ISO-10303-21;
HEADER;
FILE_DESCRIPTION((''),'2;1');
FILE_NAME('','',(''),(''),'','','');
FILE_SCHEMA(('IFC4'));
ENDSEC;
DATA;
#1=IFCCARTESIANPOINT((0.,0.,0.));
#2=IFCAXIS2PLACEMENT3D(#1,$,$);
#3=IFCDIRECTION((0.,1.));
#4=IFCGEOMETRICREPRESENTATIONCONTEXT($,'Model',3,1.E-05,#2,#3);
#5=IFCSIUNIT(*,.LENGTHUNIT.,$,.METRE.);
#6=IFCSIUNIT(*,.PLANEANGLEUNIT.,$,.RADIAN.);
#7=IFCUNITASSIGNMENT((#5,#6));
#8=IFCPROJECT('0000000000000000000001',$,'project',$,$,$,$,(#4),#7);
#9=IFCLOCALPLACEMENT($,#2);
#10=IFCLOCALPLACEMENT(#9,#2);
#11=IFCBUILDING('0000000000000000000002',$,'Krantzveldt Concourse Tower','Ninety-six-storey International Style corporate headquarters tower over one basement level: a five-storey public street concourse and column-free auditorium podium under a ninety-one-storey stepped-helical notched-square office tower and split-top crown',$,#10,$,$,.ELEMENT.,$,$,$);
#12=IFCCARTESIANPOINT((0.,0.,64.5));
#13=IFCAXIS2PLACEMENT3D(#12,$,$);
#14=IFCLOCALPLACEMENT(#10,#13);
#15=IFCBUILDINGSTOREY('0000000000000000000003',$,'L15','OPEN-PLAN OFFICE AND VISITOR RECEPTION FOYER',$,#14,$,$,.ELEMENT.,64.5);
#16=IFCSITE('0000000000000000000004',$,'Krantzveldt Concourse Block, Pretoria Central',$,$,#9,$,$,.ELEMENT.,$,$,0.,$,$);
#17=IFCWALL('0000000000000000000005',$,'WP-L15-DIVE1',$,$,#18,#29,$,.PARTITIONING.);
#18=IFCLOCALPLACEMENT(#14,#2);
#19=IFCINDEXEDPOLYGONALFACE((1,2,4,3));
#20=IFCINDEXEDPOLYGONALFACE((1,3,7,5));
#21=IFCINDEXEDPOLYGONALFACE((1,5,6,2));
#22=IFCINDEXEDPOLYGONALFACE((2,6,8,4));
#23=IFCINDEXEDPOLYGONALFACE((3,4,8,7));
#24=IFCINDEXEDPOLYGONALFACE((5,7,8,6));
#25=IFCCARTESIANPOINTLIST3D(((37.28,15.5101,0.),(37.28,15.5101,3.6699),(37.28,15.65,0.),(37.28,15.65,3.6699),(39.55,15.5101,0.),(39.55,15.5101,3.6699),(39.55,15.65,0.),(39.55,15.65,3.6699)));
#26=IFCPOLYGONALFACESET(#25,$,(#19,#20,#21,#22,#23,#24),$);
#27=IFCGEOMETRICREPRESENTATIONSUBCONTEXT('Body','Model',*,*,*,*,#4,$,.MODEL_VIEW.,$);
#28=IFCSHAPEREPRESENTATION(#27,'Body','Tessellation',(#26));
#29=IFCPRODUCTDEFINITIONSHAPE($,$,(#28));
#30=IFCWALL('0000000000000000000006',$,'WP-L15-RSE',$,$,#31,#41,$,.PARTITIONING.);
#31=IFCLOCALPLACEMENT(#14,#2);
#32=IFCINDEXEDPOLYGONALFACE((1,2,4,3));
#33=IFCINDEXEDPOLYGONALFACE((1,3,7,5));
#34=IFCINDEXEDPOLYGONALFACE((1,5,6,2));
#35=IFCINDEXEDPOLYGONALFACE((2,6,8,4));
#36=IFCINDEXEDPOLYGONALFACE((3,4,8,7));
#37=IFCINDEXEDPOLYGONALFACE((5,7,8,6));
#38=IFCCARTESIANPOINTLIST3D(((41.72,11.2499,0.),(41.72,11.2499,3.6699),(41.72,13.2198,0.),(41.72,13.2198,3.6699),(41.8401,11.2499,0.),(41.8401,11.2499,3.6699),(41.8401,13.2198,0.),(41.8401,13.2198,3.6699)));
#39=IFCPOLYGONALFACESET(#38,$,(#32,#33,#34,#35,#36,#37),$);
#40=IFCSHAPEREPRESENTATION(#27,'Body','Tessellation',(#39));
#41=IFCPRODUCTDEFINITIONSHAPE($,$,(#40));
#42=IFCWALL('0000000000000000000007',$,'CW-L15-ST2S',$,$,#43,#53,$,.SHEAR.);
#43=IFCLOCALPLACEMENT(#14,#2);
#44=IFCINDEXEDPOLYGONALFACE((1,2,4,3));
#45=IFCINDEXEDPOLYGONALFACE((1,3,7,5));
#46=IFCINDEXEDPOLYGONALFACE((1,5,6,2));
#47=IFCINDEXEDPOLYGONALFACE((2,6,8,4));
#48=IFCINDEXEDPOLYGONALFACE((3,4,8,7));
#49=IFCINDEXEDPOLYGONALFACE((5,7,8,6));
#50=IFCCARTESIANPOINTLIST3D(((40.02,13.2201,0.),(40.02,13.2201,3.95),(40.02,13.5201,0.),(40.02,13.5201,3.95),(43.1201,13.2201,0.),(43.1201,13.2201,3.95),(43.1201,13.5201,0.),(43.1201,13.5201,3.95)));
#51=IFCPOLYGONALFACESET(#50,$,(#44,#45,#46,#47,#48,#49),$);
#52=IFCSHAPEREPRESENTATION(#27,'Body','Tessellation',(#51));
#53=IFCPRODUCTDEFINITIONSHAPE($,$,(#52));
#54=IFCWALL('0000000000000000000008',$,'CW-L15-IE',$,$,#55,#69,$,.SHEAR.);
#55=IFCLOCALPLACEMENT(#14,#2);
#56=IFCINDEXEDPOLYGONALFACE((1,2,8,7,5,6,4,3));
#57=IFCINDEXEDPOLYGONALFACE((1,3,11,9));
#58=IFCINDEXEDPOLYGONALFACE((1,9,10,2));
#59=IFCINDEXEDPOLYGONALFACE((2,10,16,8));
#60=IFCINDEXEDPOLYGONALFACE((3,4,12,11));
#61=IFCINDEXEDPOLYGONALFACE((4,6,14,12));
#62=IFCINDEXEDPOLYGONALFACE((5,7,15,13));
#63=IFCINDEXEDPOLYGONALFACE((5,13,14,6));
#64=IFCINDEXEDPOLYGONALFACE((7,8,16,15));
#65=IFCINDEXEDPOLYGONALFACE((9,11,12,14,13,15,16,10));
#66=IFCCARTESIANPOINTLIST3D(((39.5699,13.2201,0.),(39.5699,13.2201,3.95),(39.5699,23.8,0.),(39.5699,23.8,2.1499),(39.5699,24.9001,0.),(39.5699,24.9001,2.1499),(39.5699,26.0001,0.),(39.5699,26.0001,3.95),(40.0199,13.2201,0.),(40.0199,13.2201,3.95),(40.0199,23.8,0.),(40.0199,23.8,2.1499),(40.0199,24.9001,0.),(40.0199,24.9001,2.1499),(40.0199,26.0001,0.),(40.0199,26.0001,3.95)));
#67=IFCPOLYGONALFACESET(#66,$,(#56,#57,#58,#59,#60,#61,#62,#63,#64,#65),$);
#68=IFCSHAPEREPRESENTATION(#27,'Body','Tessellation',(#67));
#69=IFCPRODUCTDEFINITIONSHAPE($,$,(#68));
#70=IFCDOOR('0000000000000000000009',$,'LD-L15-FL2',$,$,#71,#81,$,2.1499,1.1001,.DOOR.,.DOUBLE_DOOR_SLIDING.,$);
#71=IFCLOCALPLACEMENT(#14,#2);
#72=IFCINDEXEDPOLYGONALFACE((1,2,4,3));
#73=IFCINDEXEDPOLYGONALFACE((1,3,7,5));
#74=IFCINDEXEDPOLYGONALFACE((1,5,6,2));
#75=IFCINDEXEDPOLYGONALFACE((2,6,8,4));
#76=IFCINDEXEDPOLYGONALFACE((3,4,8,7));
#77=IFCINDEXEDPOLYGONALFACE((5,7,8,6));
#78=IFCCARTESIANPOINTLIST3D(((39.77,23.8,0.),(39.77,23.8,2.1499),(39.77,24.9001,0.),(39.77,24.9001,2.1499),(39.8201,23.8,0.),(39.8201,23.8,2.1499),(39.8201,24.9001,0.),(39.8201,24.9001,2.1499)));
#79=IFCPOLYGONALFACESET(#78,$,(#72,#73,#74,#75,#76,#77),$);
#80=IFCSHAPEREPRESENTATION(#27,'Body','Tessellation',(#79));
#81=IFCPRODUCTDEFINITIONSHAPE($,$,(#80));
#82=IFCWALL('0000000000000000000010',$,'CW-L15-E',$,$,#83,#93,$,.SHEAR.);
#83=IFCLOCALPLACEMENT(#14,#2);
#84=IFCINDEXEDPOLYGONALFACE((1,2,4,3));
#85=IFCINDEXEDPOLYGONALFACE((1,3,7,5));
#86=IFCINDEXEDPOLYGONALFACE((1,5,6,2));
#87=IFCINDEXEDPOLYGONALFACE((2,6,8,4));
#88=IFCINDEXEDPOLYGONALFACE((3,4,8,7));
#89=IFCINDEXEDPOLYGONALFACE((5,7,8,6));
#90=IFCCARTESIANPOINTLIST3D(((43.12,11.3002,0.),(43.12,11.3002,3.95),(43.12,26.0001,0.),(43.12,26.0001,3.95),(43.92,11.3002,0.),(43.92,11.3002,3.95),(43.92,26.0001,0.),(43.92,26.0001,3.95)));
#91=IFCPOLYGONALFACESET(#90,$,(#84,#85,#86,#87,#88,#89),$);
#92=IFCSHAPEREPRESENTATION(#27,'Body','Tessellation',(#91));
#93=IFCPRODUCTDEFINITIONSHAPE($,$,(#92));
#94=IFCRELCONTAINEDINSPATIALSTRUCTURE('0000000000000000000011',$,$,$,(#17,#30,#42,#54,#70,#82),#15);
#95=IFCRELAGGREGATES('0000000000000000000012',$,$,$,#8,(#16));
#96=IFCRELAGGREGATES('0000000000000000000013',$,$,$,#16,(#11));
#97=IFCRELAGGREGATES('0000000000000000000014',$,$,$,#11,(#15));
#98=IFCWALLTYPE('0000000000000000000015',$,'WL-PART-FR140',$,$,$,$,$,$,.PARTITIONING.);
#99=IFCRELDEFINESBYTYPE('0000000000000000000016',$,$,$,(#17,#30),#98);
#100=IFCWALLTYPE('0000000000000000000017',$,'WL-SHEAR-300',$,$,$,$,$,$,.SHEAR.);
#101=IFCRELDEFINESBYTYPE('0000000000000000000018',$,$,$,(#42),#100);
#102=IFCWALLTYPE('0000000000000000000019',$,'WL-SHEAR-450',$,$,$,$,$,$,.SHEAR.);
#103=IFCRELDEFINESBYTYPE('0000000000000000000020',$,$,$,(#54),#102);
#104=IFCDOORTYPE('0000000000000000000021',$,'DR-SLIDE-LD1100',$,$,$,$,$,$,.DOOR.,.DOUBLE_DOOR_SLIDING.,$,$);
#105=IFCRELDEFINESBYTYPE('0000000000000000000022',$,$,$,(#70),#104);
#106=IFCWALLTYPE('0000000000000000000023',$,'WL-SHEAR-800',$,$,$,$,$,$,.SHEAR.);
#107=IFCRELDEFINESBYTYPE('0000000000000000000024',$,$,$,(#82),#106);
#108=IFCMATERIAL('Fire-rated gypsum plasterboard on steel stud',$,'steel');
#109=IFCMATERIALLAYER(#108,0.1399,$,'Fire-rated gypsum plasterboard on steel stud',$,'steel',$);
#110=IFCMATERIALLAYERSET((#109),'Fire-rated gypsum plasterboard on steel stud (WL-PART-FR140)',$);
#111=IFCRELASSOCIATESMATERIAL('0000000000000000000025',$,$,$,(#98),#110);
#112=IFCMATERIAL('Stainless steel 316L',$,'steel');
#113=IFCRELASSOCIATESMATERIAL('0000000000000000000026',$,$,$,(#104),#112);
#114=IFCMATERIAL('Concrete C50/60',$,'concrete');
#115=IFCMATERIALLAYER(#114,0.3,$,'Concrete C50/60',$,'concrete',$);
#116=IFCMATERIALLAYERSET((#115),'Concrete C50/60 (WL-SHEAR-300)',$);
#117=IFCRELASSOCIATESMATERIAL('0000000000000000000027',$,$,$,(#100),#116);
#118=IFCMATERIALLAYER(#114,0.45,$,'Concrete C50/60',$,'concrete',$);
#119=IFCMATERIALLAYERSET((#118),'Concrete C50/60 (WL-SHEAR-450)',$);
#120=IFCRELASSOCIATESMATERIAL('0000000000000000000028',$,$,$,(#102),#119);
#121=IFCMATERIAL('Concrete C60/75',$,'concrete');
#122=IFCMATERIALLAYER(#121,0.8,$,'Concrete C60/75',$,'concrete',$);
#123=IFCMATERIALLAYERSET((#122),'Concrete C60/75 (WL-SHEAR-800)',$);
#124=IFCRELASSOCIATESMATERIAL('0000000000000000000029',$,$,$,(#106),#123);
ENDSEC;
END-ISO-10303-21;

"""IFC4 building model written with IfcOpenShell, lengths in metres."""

from ifc_helpers import new_model, si_unit, direction, frame, frame_2d, origin, place, context, subcontext, project, spatial, rectangle, extrude, material, layer, layer_set, type_object, element, fill, save


model = new_model("IFC4")

# Units and contexts
model_context = context("Model", 3, precision=1e-05, world=origin(), true_north=direction((0.0, 1.0)))
body_context = subcontext(model_context, "Body", "Model", "MODEL_VIEW")
ifc_project = project(units=[si_unit("LENGTHUNIT", "METRE"), si_unit("PLANEANGLEUNIT", "RADIAN")], contexts=[model_context])

# Site, building, storey
site_placement = place(None, origin())
site = spatial("IfcSite", under=ifc_project, at=site_placement, Name="Krantzveldt Concourse Block, Pretoria Central", CompositionType="ELEMENT", RefElevation=0.0)
building_placement = place(site_placement, origin())
building = spatial("IfcBuilding", under=site, at=building_placement, Name="Krantzveldt Concourse Tower", Description="Ninety-six-storey International Style corporate headquarters tower over one basement level: a five-storey public street concourse and column-free auditorium podium under a ninety-one-storey stepped-helical notched-square office tower and split-top crown", CompositionType="ELEMENT")
storey_placement = place(building_placement, frame((0.0, 0.0, 64.5)))
storey = spatial("IfcBuildingStorey", under=building, at=storey_placement, Name="L15", Description="OPEN-PLAN OFFICE AND VISITOR RECEPTION FOYER", CompositionType="ELEMENT", Elevation=64.5)

# Shared definitions
ifc_material_1 = material(Name="Fire-rated gypsum plasterboard on steel stud", Category="steel")

# Shared definitions
ifc_layer_1 = layer(ifc_material_1, 0.1399, Name="Fire-rated gypsum plasterboard on steel stud", Category="steel")
ifc_layer_set_1 = layer_set([ifc_layer_1], Name="Fire-rated gypsum plasterboard on steel stud (WL-PART-FR140)")
wall_type_1 = type_object("IfcWallType", Name="WL-PART-FR140", PredefinedType="PARTITIONING", material=ifc_layer_set_1)
ifc_material_2 = material(Name="Stainless steel 316L", Category="steel")
door_type_1 = type_object("IfcDoorType", Name="DR-SLIDE-LD1100", OperationType="DOUBLE_DOOR_SLIDING", PredefinedType="DOOR", material=ifc_material_2)

# Walls
wall_1_placement = place(storey_placement, frame((37.28, 15.5801, 0.0), z_axis=(0.0, 0.0, 1.0), x_axis=(1.0, 0.0, 0.0)))
element("IfcWall", 1, at=wall_1_placement, inside=storey, type_object=wall_type_1, Name="WP-L15-DIVE1", PredefinedType="PARTITIONING", context=body_context, shape_type="SweptSolid", body=[
    extrude(rectangle(XDim=2.27, YDim=0.1399, at=frame_2d((1.135, 0.0))), origin(), (0.0, 0.0, 1.0), 3.6699),
])
wall_2_placement = place(storey_placement, frame((41.78, 11.25, 0.0), z_axis=(0.0, 0.0, 1.0), x_axis=(0.0, 1.0, 0.0)))
element("IfcWall", 2, at=wall_2_placement, inside=storey, type_object=wall_type_1, Name="WP-L15-RSE", PredefinedType="PARTITIONING", context=body_context, shape_type="SweptSolid", body=[
    extrude(rectangle(XDim=1.97, YDim=0.1201, at=frame_2d((0.9849, 0.0))), origin(), (0.0, 0.0, 1.0), 3.6699),
])
ifc_material_3 = material(Name="Concrete C50/60", Category="concrete")
ifc_layer_2 = layer(ifc_material_3, 0.3, Name="Concrete C50/60", Category="concrete")
ifc_layer_set_2 = layer_set([ifc_layer_2], Name="Concrete C50/60 (WL-SHEAR-300)")
wall_type_2 = type_object("IfcWallType", Name="WL-SHEAR-300", PredefinedType="SHEAR", material=ifc_layer_set_2)
wall_3_placement = place(storey_placement, frame((40.02, 13.3701, 0.0), z_axis=(0.0, 0.0, 1.0), x_axis=(1.0, 0.0, 0.0)))
element("IfcWall", 3, at=wall_3_placement, inside=storey, type_object=wall_type_2, Name="CW-L15-ST2S", PredefinedType="SHEAR", context=body_context, shape_type="SweptSolid", body=[
    extrude(rectangle(XDim=3.1001, YDim=0.3, at=frame_2d((1.55, 0.0))), origin(), (0.0, 0.0, 1.0), 3.95),
])

# Wall, opening, door
ifc_layer_3 = layer(ifc_material_3, 0.45, Name="Concrete C50/60", Category="concrete")
ifc_layer_set_3 = layer_set([ifc_layer_3], Name="Concrete C50/60 (WL-SHEAR-450)")
wall_type_3 = type_object("IfcWallType", Name="WL-SHEAR-450", PredefinedType="SHEAR", material=ifc_layer_set_3)
wall_4_placement = place(storey_placement, frame((39.7949, 13.22, 0.0), z_axis=(0.0, 0.0, 1.0), x_axis=(0.0, 1.0, 0.0)))
wall_4 = element("IfcWall", 4, at=wall_4_placement, inside=storey, type_object=wall_type_3, Name="CW-L15-IE", PredefinedType="SHEAR", context=body_context, shape_type="SweptSolid", body=[
    extrude(rectangle(XDim=12.78, YDim=0.45, at=frame_2d((6.3901, 0.0))), origin(), (0.0, 0.0, 1.0), 3.95),
])
opening_1_placement = place(wall_4_placement, frame((10.5801, 0.0, 0.0)))
opening_1 = element("IfcOpeningElement", 5, at=opening_1_placement, cuts=wall_4, PredefinedType="OPENING", context=body_context, shape_type="SweptSolid", body=[
    extrude(rectangle(XDim=1.1001, YDim=2.1499, at=frame_2d((0.55, 1.075))), frame((0.0, 0.2349, 0.0), z_axis=(0.0, -1.0, 0.0), x_axis=(1.0, 0.0, 0.0)), (0.0, 0.0, 1.0), 0.47),
])
door_1_placement = place(opening_1_placement, origin())
door_1 = element("IfcDoor", 6, at=door_1_placement, inside=storey, type_object=door_type_1, Name="LD-L15-FL2", OperationType="DOUBLE_DOOR_SLIDING", OverallHeight=2.1499, OverallWidth=1.1001, PredefinedType="DOOR", context=body_context, shape_type="SweptSolid", body=[
    extrude(rectangle(XDim=1.1001, YDim=2.1499, at=frame_2d((0.55, 1.075))), frame((0.0, 0.0249, 0.0), z_axis=(0.0, -1.0, 0.0), x_axis=(1.0, 0.0, 0.0)), (0.0, 0.0, 1.0), 0.05),
])
fill(opening_1, door_1)

# Wall
ifc_material_4 = material(Name="Concrete C60/75", Category="concrete")
ifc_layer_4 = layer(ifc_material_4, 0.8, Name="Concrete C60/75", Category="concrete")
ifc_layer_set_4 = layer_set([ifc_layer_4], Name="Concrete C60/75 (WL-SHEAR-800)")
wall_type_4 = type_object("IfcWallType", Name="WL-SHEAR-800", PredefinedType="SHEAR", material=ifc_layer_set_4)
wall_5_placement = place(storey_placement, frame((43.52, 11.3, 0.0), z_axis=(0.0, 0.0, 1.0), x_axis=(0.0, 1.0, 0.0)))
element("IfcWall", 7, at=wall_5_placement, inside=storey, type_object=wall_type_4, Name="CW-L15-E", PredefinedType="SHEAR", context=body_context, shape_type="SweptSolid", body=[
    extrude(rectangle(XDim=14.7, YDim=0.8, at=frame_2d((7.3501, 0.0))), origin(), (0.0, 0.0, 1.0), 3.95),
])

save(model, "model.ifc")
